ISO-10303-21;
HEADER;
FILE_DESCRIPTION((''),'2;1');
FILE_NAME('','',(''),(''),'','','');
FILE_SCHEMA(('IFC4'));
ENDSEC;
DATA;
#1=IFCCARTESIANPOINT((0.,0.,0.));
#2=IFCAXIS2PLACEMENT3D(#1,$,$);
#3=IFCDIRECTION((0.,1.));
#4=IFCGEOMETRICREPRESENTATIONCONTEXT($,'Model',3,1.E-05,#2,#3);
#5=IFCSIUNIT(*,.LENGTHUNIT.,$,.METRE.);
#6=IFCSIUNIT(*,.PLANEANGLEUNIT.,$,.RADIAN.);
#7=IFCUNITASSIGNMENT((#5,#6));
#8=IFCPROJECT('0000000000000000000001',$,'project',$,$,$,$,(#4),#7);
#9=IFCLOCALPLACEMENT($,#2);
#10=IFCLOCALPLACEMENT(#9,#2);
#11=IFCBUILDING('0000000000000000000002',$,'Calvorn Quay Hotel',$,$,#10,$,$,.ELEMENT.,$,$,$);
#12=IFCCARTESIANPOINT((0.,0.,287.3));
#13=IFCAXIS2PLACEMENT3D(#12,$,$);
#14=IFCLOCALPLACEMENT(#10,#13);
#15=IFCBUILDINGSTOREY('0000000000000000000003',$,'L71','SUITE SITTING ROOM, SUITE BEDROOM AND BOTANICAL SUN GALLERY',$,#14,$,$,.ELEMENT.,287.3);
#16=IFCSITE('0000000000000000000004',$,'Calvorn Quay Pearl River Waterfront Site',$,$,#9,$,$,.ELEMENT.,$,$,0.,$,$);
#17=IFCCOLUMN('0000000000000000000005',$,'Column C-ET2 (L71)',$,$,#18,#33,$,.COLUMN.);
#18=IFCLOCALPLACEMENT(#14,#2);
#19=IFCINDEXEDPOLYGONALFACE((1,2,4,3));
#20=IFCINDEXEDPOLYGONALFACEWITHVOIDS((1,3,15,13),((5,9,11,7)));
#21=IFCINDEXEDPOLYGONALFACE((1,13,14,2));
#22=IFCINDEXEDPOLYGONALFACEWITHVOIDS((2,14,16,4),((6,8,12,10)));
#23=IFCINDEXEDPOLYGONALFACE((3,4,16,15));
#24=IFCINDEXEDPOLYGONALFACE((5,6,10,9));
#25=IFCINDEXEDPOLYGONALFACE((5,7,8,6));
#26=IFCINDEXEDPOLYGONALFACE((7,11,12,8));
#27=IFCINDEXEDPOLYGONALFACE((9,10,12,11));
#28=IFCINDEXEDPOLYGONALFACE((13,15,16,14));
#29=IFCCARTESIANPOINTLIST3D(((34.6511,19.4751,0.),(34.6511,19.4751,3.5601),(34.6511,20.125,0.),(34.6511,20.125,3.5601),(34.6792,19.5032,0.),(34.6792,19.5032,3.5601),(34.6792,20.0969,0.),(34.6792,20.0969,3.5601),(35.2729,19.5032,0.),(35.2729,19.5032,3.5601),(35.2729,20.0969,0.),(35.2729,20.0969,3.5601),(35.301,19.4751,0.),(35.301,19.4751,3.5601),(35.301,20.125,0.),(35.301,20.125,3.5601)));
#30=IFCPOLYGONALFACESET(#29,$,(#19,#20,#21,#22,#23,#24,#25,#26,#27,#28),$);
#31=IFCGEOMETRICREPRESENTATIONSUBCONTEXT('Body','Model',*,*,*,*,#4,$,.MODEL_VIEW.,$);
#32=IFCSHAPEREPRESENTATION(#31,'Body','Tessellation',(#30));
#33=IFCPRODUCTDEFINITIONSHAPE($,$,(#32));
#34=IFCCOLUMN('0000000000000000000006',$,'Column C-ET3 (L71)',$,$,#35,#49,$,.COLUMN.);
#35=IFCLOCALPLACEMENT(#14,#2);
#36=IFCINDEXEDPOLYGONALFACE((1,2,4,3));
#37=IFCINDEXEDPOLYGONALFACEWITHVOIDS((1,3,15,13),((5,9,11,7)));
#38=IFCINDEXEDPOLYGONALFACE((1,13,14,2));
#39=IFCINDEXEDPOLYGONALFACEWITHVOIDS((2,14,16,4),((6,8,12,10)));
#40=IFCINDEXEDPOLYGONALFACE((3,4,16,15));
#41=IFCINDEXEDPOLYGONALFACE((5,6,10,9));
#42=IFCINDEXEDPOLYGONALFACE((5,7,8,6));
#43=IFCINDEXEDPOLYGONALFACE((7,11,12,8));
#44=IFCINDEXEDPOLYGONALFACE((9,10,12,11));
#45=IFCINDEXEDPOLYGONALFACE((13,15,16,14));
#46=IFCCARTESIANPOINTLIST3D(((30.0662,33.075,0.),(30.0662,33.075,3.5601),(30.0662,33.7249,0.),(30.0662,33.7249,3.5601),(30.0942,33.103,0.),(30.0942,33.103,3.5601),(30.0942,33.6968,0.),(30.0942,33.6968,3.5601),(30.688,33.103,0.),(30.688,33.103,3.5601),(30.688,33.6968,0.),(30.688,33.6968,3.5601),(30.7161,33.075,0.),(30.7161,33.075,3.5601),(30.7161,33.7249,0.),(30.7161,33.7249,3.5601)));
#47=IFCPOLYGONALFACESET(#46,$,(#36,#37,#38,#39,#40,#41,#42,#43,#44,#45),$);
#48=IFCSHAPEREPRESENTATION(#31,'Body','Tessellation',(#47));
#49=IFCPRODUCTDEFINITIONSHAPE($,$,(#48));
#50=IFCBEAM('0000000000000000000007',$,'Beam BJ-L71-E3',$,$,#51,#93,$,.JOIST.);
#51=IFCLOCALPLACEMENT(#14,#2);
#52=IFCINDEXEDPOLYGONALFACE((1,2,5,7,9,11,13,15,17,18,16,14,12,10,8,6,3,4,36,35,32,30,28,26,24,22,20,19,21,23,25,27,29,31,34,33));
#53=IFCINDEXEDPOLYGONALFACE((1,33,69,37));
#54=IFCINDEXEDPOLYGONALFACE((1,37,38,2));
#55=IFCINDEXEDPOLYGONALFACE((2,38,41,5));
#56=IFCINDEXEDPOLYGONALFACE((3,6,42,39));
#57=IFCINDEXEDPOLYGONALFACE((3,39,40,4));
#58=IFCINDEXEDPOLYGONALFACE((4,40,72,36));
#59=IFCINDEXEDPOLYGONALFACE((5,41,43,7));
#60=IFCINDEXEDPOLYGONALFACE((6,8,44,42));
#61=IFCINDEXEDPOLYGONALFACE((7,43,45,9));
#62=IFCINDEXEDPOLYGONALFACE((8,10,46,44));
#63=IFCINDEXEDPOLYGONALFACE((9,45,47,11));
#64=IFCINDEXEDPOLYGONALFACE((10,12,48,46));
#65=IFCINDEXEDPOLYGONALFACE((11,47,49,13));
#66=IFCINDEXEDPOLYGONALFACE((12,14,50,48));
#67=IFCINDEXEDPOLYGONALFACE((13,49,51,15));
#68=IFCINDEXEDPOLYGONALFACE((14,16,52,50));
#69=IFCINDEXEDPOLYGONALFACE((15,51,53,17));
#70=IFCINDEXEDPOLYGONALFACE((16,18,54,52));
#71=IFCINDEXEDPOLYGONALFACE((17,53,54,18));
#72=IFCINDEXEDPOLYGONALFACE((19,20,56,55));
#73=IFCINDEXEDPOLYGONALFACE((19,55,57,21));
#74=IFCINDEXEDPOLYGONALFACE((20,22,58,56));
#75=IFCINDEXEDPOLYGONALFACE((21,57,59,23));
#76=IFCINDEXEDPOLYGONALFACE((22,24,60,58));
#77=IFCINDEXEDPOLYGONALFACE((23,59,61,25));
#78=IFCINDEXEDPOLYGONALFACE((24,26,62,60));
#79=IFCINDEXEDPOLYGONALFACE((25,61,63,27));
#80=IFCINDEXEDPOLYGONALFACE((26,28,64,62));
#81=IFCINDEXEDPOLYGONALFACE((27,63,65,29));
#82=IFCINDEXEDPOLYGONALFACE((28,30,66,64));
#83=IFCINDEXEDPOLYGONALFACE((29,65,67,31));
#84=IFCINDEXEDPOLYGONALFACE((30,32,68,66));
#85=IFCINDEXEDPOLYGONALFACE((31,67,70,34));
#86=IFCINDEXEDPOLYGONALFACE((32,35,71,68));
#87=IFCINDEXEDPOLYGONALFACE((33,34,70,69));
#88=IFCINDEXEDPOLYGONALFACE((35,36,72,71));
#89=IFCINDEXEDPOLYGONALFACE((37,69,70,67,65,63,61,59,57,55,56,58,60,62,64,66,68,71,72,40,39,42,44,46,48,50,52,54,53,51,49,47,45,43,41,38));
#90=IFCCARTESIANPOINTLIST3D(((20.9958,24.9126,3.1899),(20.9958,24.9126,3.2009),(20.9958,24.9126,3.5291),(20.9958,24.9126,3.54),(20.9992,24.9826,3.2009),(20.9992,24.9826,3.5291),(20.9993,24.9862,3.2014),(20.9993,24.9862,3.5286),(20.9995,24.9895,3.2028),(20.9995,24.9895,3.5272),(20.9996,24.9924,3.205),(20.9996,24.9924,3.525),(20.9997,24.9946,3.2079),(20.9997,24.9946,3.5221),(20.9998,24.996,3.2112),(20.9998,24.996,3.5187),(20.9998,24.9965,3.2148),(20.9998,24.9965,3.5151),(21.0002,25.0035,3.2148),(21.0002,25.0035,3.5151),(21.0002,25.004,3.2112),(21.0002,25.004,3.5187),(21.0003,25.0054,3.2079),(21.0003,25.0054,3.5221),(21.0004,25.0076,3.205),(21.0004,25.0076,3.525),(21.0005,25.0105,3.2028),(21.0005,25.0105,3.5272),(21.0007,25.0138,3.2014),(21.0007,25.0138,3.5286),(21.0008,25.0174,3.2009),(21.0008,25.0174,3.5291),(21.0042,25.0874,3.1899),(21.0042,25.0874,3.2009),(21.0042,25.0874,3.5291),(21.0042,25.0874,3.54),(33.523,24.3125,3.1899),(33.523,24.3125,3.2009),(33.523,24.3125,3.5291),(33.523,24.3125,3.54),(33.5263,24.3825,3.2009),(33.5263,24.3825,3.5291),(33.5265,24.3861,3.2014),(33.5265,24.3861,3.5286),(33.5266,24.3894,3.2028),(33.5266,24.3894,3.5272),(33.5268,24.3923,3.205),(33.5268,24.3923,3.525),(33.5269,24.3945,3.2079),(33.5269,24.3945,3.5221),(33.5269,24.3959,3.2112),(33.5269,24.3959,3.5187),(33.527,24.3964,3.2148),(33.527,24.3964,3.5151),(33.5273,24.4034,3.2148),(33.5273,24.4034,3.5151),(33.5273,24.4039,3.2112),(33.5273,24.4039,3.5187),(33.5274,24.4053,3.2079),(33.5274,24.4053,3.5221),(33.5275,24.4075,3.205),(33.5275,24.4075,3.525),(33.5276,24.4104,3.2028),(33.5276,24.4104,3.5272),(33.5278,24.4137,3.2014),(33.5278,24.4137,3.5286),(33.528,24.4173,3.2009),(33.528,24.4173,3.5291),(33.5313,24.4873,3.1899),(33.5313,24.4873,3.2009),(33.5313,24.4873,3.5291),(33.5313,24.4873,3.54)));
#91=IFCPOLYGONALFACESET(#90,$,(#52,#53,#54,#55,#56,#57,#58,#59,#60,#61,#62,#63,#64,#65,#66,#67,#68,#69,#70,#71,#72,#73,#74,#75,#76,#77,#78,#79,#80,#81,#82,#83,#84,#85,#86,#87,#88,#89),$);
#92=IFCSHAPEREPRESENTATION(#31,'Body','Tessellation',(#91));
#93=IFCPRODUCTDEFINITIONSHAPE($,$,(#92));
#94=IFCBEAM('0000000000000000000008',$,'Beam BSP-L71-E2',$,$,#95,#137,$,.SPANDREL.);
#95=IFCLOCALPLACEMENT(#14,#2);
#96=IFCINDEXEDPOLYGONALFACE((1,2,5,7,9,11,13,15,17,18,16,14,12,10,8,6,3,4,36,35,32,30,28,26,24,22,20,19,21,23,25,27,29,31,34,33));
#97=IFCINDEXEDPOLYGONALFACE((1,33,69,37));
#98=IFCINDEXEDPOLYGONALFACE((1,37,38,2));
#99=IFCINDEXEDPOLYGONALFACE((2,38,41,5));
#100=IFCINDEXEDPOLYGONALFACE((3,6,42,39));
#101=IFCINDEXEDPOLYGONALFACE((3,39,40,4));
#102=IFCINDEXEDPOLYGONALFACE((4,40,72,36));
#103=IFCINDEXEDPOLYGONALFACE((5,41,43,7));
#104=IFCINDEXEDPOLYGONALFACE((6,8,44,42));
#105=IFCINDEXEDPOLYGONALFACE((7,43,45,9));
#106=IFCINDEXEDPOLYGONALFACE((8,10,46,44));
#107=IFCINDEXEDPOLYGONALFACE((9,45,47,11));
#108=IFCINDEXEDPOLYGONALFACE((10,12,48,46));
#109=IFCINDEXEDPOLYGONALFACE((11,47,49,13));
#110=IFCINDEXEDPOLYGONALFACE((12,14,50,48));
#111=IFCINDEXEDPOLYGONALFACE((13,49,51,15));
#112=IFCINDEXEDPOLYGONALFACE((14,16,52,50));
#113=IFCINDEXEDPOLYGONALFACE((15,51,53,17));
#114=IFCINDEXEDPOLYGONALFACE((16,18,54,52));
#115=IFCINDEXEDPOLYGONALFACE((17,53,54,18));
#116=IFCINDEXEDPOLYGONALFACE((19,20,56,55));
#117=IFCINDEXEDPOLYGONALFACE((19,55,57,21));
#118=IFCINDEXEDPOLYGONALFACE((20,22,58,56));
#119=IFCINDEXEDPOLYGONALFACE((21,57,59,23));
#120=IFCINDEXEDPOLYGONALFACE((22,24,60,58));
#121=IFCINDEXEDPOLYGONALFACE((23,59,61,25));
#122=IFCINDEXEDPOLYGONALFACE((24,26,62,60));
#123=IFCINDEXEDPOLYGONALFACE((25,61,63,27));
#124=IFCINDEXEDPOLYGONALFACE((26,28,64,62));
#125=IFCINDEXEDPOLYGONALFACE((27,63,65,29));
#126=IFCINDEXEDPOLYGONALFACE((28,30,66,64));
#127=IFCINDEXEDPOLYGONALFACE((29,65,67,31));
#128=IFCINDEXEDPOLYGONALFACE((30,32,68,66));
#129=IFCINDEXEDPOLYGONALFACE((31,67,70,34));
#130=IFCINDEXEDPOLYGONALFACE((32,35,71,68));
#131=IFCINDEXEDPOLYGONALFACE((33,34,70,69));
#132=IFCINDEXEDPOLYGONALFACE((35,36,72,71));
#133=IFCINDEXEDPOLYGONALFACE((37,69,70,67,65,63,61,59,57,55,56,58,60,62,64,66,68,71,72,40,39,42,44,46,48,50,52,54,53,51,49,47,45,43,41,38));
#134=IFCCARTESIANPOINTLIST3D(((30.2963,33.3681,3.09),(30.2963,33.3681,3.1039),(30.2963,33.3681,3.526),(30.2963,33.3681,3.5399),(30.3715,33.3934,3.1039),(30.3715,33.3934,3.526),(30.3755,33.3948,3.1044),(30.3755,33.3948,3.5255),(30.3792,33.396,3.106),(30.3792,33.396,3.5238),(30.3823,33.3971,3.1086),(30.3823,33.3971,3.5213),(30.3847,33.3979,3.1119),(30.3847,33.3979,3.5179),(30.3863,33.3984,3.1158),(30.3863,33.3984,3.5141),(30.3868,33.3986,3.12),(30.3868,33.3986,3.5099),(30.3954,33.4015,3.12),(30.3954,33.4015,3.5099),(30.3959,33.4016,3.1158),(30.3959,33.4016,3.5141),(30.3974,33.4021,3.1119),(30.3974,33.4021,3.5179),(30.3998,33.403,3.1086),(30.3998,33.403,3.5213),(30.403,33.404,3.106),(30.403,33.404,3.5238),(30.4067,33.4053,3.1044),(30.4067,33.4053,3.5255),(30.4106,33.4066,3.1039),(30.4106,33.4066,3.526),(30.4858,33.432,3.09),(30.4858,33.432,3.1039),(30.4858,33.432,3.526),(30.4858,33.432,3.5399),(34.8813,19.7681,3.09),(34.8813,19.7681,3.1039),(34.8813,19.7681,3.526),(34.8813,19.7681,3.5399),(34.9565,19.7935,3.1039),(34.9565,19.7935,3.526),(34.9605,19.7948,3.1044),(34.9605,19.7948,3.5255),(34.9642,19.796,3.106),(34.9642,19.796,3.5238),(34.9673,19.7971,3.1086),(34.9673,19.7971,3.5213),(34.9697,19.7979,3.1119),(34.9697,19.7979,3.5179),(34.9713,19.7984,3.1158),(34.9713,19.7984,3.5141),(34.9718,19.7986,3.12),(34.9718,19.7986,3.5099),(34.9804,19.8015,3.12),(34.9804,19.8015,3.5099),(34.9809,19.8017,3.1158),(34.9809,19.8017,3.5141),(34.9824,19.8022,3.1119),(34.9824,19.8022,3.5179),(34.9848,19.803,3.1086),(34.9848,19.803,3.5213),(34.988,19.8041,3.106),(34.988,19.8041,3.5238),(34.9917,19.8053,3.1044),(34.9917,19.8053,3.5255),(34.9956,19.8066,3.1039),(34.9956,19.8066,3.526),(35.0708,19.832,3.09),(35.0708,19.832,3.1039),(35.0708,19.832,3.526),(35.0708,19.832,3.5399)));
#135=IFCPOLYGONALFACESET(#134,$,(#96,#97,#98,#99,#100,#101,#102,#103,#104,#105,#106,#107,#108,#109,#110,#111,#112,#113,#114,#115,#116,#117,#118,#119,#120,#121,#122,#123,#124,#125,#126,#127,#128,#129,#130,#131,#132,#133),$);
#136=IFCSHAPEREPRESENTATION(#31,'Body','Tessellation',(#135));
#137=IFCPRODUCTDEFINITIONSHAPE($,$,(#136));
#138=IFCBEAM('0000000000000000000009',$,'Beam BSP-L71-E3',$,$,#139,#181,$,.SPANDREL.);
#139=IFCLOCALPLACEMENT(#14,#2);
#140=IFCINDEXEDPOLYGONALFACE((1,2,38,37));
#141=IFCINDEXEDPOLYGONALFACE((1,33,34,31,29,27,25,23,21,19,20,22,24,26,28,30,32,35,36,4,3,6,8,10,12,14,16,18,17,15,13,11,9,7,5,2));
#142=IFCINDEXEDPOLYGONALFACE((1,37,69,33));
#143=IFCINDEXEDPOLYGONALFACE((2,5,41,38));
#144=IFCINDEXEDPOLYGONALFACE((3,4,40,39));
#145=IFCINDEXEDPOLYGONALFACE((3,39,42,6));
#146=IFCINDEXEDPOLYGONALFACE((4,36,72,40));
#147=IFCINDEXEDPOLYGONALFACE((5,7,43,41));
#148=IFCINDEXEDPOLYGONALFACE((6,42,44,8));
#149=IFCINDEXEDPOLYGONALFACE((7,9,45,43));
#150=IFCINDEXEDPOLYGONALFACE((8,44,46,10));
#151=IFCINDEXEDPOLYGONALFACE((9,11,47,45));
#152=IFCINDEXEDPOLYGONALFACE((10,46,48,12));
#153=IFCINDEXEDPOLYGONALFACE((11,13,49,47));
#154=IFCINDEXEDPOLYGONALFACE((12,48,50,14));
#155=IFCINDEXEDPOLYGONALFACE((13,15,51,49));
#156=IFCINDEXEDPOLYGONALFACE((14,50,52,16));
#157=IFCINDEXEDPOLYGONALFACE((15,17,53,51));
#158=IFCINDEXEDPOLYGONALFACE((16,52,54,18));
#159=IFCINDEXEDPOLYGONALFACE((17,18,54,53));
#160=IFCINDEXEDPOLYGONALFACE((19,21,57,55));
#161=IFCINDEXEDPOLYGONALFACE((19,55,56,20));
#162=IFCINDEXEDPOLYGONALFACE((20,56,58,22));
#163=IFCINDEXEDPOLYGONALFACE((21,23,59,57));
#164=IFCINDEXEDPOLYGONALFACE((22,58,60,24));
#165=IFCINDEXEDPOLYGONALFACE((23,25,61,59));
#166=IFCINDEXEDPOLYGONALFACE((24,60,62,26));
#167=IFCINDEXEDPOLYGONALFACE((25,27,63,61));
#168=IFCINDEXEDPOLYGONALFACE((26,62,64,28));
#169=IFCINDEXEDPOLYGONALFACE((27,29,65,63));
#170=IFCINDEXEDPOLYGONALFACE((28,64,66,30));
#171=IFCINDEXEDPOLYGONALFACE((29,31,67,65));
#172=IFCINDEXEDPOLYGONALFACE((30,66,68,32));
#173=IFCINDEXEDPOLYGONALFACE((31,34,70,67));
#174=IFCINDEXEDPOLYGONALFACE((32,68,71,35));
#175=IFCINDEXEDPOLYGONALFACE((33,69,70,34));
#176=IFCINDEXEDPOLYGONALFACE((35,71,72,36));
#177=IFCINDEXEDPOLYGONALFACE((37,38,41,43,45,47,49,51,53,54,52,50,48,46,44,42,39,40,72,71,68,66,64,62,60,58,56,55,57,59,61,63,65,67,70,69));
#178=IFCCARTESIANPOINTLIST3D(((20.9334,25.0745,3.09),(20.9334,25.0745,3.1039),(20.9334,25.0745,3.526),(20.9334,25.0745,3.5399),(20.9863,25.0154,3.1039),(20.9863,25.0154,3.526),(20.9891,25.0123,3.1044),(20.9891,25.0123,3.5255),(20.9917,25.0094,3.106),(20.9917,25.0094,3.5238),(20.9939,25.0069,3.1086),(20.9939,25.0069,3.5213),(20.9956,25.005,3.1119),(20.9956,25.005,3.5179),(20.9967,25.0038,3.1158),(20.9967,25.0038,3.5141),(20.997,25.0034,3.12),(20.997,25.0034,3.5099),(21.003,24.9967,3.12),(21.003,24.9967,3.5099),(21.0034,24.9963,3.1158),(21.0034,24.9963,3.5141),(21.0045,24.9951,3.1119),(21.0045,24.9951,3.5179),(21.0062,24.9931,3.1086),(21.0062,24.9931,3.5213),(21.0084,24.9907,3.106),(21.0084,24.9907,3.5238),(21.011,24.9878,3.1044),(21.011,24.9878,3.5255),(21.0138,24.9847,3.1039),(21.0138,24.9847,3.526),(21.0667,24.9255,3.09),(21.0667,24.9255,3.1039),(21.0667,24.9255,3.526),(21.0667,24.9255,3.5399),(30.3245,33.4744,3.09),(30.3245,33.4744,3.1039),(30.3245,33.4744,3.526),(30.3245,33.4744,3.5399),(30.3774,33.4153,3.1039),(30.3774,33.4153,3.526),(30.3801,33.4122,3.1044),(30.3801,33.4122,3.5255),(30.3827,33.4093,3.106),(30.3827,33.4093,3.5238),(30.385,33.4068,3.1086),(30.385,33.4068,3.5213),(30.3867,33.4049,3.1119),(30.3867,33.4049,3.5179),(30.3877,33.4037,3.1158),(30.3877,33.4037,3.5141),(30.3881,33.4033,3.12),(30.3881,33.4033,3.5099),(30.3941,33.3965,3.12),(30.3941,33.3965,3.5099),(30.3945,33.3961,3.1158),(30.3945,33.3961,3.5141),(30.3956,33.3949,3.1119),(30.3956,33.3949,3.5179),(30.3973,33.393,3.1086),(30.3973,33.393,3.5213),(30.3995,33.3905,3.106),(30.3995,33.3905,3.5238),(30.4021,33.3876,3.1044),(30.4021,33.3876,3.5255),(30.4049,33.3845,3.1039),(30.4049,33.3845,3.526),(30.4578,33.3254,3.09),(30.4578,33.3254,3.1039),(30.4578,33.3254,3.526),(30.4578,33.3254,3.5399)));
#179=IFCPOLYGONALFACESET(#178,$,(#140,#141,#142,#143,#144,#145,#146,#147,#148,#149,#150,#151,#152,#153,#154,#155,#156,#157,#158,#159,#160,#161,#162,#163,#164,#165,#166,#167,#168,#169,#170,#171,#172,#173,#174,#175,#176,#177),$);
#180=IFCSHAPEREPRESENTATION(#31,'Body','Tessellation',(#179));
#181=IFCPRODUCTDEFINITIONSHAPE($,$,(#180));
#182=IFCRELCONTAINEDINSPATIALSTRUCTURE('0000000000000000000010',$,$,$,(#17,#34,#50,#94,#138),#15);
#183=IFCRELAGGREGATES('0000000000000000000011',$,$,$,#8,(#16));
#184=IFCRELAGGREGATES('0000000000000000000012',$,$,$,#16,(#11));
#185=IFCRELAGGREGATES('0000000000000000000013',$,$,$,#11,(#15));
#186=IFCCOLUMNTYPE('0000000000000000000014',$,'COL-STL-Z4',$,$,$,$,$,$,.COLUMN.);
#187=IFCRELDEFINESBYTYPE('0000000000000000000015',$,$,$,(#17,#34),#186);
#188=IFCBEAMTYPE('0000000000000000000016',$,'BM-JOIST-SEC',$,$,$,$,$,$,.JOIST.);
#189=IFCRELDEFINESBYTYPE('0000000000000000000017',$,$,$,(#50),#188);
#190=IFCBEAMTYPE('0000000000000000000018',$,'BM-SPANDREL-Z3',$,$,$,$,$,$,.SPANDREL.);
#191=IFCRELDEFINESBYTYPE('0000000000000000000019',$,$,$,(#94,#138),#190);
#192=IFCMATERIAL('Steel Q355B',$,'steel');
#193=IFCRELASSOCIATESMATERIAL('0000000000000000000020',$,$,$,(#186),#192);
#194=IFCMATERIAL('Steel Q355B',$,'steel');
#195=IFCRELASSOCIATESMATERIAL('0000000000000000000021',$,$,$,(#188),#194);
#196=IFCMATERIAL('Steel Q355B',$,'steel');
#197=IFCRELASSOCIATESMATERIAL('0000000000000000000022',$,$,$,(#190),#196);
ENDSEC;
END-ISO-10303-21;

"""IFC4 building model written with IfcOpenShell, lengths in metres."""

from ifc_helpers import new_model, si_unit, direction, frame, origin, origin_2d, place, context, subcontext, project, spatial, hollow_rectangle, i_section, extrude, material, material_profile, profile_set, type_object, element, save


model = new_model("IFC4")

# Units and contexts
model_context = context("Model", 3, precision=1e-05, world=origin(), true_north=direction((0.0, 1.0)))
body_context = subcontext(model_context, "Body", "Model", "MODEL_VIEW")
ifc_project = project(units=[si_unit("LENGTHUNIT", "METRE"), si_unit("PLANEANGLEUNIT", "RADIAN")], contexts=[model_context])

# Site, building, storey
site_placement = place(None, origin())
site = spatial("IfcSite", under=ifc_project, at=site_placement, Name="Calvorn Quay Pearl River Waterfront Site", CompositionType="ELEMENT", RefElevation=0.0)
building_placement = place(site_placement, origin())
building = spatial("IfcBuilding", under=site, at=building_placement, Name="Calvorn Quay Hotel", CompositionType="ELEMENT")
storey_placement = place(building_placement, frame((0.0, 0.0, 287.3)))
storey = spatial("IfcBuildingStorey", under=building, at=storey_placement, Name="L71", Description="SUITE SITTING ROOM, SUITE BEDROOM AND BOTANICAL SUN GALLERY", CompositionType="ELEMENT", Elevation=287.3)

# Columns
ifc_material_1 = material(Name="Steel Q355B", Category="steel")
ifc_material_profile_1 = material_profile(ifc_material_1, hollow_rectangle(XDim=0.6499, YDim=0.6499, WallThickness=0.0281, at=origin_2d()), Name="BOX650x650x28")
ifc_profile_set_1 = profile_set([ifc_material_profile_1], Name="Steel Q355B")
column_type = type_object("IfcColumnType", Name="COL-STL-Z4", PredefinedType="COLUMN", material=ifc_profile_set_1)
for number, where, z_axis, x_axis, name in (
    (1, (34.9761, 19.8, 0.0), (0.0, 0.0, 1.0), (1.0, 0.0, 0.0), "Column C-ET2 (L71)"),
    (2, (30.3911, 33.3999, 0.0), (0.0, 0.0, 1.0), (1.0, 0.0, 0.0), "Column C-ET3 (L71)"),
):
    element("IfcColumn", number, at=place(storey_placement, frame(where, z_axis=z_axis, x_axis=x_axis)), inside=storey, type_object=column_type, Name=name, PredefinedType="COLUMN", context=body_context, shape_type="SweptSolid", body=[
        extrude(hollow_rectangle(XDim=0.6499, YDim=0.6499, WallThickness=0.0281, at=origin_2d()), origin(), (0.0, 0.0, 1.0), 3.5601),
    ])

# Beams
ifc_material_2 = material(Name="Steel Q355B", Category="steel")
ifc_material_profile_2 = material_profile(ifc_material_2, i_section(OverallWidth=0.175, OverallDepth=0.3501, WebThickness=0.0071, FlangeThickness=0.011, FilletRadius=0.0139, at=origin_2d()), Name="HN350x175x7x11")
ifc_profile_set_2 = profile_set([ifc_material_profile_2], Name="Steel Q355B")
beam_type_1 = type_object("IfcBeamType", Name="BM-JOIST-SEC", PredefinedType="JOIST", material=ifc_profile_set_2)
beam_1_placement = place(storey_placement, frame((21.0, 25.0, 3.365), z_axis=(0.998855, -0.047849, 0.0), x_axis=(0.047849, 0.998855, 0.0)))
element("IfcBeam", 3, at=beam_1_placement, inside=storey, type_object=beam_type_1, Name="Beam BJ-L71-E3", PredefinedType="JOIST", context=body_context, shape_type="SweptSolid", body=[
    extrude(i_section(OverallWidth=0.175, OverallDepth=0.3501, WebThickness=0.0071, FlangeThickness=0.011, FilletRadius=0.0139, at=origin_2d()), origin(), (0.0, 0.0, 1.0), 12.5415),
])
ifc_material_3 = material(Name="Steel Q355B", Category="steel")
ifc_material_profile_3 = material_profile(ifc_material_3, i_section(OverallWidth=0.2, OverallDepth=0.45, WebThickness=0.009, FlangeThickness=0.0139, FilletRadius=0.0161, at=origin_2d()), Name="HN450x200x9x14")
ifc_profile_set_3 = profile_set([ifc_material_profile_3], Name="Steel Q355B")
beam_type_2 = type_object("IfcBeamType", Name="BM-SPANDREL-Z3", PredefinedType="SPANDREL", material=ifc_profile_set_3)
beam_2_placement = place(storey_placement, frame((34.9761, 19.8, 3.3149), z_axis=(-0.319467, 0.947598, 0.0), x_axis=(-0.947598, -0.319467, 0.0)))
element("IfcBeam", 4, at=beam_2_placement, inside=storey, type_object=beam_type_2, Name="Beam BSP-L71-E2", PredefinedType="SPANDREL", context=body_context, shape_type="SweptSolid", body=[
    extrude(i_section(OverallWidth=0.2, OverallDepth=0.45, WebThickness=0.009, FlangeThickness=0.0139, FilletRadius=0.0161, at=origin_2d()), origin(), (0.0, 0.0, 1.0), 14.3521),
])
beam_3_placement = place(storey_placement, frame((30.3911, 33.3999, 3.3149), z_axis=(-0.745347, -0.666677, 0.0), x_axis=(0.666677, -0.745347, 0.0)))
element("IfcBeam", 5, at=beam_3_placement, inside=storey, type_object=beam_type_2, Name="Beam BSP-L71-E3", PredefinedType="SPANDREL", context=body_context, shape_type="SweptSolid", body=[
    extrude(i_section(OverallWidth=0.2, OverallDepth=0.45, WebThickness=0.009, FlangeThickness=0.0139, FilletRadius=0.0161, at=origin_2d()), origin(), (0.0, 0.0, 1.0), 12.5996),
])

save(model, "model.ifc")
